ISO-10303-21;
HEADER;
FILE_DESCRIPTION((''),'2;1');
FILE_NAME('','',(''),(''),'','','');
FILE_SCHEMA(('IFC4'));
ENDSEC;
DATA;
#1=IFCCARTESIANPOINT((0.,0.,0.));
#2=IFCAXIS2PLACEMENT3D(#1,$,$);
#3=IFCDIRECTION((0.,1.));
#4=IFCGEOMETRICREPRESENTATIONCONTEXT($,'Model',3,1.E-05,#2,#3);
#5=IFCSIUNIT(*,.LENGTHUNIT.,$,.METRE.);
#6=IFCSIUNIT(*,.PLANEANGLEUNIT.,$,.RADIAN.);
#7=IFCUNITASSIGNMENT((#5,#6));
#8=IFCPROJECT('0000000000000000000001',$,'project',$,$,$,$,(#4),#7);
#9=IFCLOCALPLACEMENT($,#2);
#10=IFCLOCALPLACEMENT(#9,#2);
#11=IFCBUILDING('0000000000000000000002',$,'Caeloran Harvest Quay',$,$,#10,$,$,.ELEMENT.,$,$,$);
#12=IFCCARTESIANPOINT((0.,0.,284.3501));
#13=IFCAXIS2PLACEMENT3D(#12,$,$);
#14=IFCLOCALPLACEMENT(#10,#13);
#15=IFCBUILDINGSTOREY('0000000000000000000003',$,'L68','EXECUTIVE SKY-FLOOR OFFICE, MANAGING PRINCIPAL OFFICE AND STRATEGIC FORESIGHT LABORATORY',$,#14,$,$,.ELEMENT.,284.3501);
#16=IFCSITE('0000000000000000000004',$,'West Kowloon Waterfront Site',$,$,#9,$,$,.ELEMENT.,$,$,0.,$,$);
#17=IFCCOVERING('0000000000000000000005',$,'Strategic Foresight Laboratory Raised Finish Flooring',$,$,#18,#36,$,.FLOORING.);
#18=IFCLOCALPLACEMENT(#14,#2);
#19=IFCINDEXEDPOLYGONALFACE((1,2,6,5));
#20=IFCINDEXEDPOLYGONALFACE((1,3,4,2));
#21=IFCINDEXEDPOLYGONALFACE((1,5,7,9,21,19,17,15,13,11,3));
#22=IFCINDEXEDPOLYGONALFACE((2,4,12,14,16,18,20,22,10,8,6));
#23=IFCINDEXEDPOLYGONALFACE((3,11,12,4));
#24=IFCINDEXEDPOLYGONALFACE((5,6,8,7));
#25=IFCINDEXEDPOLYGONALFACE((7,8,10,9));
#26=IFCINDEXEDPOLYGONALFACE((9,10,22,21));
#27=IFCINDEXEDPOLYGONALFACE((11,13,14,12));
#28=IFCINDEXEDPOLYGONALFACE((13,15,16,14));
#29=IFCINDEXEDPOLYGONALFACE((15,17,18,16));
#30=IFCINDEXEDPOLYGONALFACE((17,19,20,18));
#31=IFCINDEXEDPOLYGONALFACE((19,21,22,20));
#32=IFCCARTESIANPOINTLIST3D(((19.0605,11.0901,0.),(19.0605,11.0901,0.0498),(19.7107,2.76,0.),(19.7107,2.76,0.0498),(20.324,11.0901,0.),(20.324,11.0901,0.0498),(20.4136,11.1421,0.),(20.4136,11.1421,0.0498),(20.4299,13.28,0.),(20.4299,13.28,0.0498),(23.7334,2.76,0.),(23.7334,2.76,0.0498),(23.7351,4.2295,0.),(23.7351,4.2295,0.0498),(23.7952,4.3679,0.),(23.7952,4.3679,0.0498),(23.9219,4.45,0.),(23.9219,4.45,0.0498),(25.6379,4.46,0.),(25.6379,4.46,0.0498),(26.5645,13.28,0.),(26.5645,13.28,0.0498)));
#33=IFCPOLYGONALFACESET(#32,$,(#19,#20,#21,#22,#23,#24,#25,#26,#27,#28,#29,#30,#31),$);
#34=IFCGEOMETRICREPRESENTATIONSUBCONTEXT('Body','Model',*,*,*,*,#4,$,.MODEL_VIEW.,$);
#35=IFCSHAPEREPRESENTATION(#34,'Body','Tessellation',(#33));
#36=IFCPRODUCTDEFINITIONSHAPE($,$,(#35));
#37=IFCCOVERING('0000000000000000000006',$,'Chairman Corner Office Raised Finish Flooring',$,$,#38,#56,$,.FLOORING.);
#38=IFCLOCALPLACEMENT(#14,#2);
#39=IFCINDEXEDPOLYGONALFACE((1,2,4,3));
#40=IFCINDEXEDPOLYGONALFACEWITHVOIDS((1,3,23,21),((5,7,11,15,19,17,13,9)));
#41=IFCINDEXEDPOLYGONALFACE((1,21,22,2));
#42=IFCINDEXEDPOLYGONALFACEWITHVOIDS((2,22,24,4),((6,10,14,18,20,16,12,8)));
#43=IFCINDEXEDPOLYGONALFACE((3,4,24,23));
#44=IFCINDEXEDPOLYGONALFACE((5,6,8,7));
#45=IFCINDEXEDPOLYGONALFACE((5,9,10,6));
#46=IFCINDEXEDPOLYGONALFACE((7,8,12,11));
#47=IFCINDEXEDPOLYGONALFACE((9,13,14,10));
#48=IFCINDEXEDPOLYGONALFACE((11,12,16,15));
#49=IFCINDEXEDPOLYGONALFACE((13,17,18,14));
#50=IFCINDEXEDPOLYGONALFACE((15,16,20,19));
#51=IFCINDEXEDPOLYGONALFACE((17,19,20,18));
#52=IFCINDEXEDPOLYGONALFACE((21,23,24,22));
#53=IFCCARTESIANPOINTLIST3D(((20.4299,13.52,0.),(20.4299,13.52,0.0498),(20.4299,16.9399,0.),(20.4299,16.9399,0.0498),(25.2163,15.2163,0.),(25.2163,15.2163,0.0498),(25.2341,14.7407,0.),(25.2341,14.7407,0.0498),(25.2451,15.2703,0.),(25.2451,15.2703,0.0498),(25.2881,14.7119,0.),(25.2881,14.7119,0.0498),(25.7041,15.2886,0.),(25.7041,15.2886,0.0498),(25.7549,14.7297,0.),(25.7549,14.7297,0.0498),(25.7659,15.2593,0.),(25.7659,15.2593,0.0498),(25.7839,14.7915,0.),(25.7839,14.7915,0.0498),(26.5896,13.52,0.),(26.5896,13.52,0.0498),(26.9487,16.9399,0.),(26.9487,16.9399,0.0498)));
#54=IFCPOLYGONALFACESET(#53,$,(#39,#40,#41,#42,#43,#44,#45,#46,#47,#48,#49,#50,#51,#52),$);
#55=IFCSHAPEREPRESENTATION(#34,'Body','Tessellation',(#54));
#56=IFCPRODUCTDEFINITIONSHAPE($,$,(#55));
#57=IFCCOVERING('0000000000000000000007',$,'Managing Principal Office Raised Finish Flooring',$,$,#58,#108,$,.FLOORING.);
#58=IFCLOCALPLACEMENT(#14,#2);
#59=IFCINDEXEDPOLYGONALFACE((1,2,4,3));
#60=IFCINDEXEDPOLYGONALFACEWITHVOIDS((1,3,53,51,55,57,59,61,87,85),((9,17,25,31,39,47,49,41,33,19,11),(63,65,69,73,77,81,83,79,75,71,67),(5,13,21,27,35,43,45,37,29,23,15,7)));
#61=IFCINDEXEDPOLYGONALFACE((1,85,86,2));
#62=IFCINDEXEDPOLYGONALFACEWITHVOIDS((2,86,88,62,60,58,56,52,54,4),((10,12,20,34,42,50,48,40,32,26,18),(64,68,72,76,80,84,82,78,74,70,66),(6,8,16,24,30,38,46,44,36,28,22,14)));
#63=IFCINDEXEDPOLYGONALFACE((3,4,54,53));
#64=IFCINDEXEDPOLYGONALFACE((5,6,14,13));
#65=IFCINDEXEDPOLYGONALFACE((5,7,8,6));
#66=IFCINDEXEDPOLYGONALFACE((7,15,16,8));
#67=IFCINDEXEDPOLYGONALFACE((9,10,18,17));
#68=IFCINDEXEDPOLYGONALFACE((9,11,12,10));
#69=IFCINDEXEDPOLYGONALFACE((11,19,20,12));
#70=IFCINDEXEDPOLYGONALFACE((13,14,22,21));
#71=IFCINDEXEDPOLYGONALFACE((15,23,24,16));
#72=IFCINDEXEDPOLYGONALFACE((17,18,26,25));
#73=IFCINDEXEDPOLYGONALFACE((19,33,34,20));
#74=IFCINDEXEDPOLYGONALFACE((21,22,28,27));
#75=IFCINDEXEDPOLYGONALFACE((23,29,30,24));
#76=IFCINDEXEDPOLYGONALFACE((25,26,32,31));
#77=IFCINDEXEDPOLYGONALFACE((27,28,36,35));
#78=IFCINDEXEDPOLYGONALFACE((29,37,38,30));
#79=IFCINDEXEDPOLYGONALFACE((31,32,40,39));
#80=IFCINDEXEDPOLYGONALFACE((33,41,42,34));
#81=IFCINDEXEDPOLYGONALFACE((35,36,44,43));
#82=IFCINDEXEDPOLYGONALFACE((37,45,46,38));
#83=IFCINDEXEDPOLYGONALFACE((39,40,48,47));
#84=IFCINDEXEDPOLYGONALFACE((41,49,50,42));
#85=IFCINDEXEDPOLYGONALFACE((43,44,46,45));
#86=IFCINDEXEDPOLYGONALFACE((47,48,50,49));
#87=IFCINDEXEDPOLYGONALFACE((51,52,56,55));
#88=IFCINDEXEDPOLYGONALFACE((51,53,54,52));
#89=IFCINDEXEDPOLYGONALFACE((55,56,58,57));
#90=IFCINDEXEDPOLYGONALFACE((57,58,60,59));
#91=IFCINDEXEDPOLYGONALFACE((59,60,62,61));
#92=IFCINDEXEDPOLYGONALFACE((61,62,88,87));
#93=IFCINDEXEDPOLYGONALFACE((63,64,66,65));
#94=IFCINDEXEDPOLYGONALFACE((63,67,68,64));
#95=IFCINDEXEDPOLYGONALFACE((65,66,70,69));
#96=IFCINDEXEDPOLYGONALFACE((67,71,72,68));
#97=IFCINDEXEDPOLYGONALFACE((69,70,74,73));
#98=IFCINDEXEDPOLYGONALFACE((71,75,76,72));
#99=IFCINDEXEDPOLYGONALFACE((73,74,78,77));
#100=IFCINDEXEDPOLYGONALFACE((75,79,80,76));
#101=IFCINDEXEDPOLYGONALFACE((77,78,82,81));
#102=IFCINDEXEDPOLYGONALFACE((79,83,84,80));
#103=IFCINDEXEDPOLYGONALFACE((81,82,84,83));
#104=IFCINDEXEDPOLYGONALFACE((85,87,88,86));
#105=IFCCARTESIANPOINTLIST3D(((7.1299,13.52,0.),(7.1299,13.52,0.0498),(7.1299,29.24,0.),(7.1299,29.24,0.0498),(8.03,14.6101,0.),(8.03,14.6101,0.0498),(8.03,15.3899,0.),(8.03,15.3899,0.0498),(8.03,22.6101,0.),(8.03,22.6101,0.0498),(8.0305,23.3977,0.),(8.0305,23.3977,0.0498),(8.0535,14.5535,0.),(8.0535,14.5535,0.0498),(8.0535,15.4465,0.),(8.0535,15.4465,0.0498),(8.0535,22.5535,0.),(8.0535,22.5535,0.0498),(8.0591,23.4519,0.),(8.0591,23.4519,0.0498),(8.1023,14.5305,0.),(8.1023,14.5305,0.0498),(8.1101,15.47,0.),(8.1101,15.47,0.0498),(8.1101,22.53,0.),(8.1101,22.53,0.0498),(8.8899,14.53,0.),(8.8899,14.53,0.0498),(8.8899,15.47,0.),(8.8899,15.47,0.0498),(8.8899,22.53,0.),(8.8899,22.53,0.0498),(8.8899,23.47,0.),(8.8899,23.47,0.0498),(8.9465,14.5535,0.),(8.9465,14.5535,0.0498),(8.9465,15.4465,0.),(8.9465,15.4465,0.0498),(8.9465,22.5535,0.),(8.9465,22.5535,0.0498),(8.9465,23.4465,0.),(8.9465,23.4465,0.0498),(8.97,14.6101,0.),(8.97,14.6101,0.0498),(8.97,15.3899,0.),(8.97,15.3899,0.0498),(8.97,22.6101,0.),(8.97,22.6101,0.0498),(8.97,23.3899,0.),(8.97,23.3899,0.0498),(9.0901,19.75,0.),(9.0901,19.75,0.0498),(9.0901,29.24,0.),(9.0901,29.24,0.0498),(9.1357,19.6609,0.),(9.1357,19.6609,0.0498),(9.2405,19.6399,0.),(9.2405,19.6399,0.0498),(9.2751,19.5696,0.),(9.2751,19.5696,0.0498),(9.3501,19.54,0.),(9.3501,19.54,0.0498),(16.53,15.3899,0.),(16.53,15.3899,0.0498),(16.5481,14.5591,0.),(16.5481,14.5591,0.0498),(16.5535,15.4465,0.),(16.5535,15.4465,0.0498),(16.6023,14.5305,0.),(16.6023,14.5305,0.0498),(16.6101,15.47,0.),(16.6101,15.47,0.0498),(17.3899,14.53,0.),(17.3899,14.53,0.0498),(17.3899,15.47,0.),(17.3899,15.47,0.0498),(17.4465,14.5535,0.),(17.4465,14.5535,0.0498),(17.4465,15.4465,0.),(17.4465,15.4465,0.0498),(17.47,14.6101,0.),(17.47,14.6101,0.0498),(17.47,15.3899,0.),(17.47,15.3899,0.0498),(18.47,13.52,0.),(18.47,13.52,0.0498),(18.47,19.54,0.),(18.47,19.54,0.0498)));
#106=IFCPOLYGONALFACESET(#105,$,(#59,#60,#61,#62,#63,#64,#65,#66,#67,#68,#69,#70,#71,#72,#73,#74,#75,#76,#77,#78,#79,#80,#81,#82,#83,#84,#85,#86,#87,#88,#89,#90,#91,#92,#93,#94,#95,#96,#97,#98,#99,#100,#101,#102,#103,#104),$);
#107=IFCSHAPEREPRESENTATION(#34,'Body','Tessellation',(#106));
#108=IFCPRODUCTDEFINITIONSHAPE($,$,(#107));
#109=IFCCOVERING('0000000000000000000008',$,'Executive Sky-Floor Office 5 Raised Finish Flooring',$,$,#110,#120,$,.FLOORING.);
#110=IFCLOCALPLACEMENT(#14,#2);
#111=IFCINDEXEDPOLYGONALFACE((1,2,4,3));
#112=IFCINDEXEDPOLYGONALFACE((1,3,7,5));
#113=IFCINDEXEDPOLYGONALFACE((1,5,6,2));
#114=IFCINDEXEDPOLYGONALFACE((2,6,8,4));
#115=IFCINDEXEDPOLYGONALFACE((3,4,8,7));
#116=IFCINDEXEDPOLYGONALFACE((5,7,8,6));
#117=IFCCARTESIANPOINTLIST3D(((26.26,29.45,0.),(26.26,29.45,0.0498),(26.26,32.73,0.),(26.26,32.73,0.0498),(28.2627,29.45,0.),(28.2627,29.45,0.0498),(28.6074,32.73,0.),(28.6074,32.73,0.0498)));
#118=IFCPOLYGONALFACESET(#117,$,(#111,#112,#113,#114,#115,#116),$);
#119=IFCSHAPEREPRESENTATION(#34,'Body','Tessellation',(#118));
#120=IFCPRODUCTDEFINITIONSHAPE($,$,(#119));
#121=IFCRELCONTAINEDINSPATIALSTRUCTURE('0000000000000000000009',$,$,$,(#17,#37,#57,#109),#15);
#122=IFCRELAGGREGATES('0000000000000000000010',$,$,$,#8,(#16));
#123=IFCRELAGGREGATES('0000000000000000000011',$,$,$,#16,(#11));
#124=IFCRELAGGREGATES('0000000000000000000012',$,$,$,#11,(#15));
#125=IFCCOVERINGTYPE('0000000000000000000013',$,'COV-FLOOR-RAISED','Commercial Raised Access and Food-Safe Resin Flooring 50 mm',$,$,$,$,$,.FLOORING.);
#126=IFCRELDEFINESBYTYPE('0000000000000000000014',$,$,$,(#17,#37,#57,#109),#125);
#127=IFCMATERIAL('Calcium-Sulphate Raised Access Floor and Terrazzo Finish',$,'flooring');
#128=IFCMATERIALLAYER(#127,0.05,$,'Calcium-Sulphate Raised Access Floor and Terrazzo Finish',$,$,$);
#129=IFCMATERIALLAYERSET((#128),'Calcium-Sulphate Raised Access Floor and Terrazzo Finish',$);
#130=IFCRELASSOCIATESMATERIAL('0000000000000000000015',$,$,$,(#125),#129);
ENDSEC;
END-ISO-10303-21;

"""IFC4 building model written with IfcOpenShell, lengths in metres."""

from ifc_helpers import new_model, si_unit, direction, frame, origin, place, context, subcontext, project, spatial, polyline, outline, extrude, material, layer, layer_set, type_object, element, save


model = new_model("IFC4")

# Units and contexts
model_context = context("Model", 3, precision=1e-05, world=origin(), true_north=direction((0.0, 1.0)))
body_context = subcontext(model_context, "Body", "Model", "MODEL_VIEW")
ifc_project = project(units=[si_unit("LENGTHUNIT", "METRE"), si_unit("PLANEANGLEUNIT", "RADIAN")], contexts=[model_context])

# Site, building, storey
site_placement = place(None, origin())
site = spatial("IfcSite", under=ifc_project, at=site_placement, Name="West Kowloon Waterfront Site", CompositionType="ELEMENT", RefElevation=0.0)
building_placement = place(site_placement, origin())
building = spatial("IfcBuilding", under=site, at=building_placement, Name="Caeloran Harvest Quay", CompositionType="ELEMENT")
storey_placement = place(building_placement, frame((0.0, 0.0, 284.3501)))
storey = spatial("IfcBuildingStorey", under=building, at=storey_placement, Name="L68", Description="EXECUTIVE SKY-FLOOR OFFICE, MANAGING PRINCIPAL OFFICE AND STRATEGIC FORESIGHT LABORATORY", CompositionType="ELEMENT", Elevation=284.3501)

# Coverings
ifc_material_1 = material(Name="Calcium-Sulphate Raised Access Floor and Terrazzo Finish", Category="flooring")
ifc_layer_1 = layer(ifc_material_1, 0.05, Name="Calcium-Sulphate Raised Access Floor and Terrazzo Finish")
ifc_layer_set_1 = layer_set([ifc_layer_1], Name="Calcium-Sulphate Raised Access Floor and Terrazzo Finish")
covering_type_1 = type_object("IfcCoveringType", Name="COV-FLOOR-RAISED", Description="Commercial Raised Access and Food-Safe Resin Flooring 50 mm", PredefinedType="FLOORING", material=ifc_layer_set_1)
covering_1_placement = place(storey_placement, origin())
element("IfcCovering", 1, at=covering_1_placement, inside=storey, type_object=covering_type_1, Name="Strategic Foresight Laboratory Raised Finish Flooring", PredefinedType="FLOORING", context=body_context, shape_type="SweptSolid", body=[
    extrude(outline(polyline([(23.9219, 4.45), (23.7952, 4.3679), (23.7351, 4.2295), (23.7334, 2.76), (19.7107, 2.76), (19.0605, 11.0901), (20.324, 11.0901), (20.4136, 11.1421), (20.4299, 13.28), (26.5645, 13.28), (25.6379, 4.46), (23.9219, 4.45)])), origin(), (0.0, 0.0, 1.0), 0.0498),
])
covering_2_placement = place(storey_placement, origin())
element("IfcCovering", 2, at=covering_2_placement, inside=storey, type_object=covering_type_1, Name="Chairman Corner Office Raised Finish Flooring", PredefinedType="FLOORING", context=body_context, shape_type="SweptSolid", body=[
    extrude(outline(polyline([(20.4299, 13.52), (20.4299, 16.9399), (26.9487, 16.9399), (26.5896, 13.52), (20.4299, 13.52)]), holes=[polyline([(25.2163, 15.2163), (25.2341, 14.7407), (25.2881, 14.7119), (25.7549, 14.7297), (25.7839, 14.7915), (25.7659, 15.2593), (25.7041, 15.2886), (25.2451, 15.2703), (25.2163, 15.2163)])]), origin(), (0.0, 0.0, 1.0), 0.0498),
])
covering_3_placement = place(storey_placement, origin())
element("IfcCovering", 3, at=covering_3_placement, inside=storey, type_object=covering_type_1, Name="Managing Principal Office Raised Finish Flooring", PredefinedType="FLOORING", context=body_context, shape_type="SweptSolid", body=[
    extrude(outline(polyline([(9.2405, 19.6399), (9.2751, 19.5696), (9.3501, 19.54), (18.47, 19.54), (18.47, 13.52), (7.1299, 13.52), (7.1299, 29.24), (9.0901, 29.24), (9.0901, 19.75), (9.1357, 19.6609), (9.2405, 19.6399)]), holes=[polyline([(16.53, 15.3899), (16.5481, 14.5591), (16.6023, 14.5305), (17.3899, 14.53), (17.4465, 14.5535), (17.47, 14.6101), (17.47, 15.3899), (17.4465, 15.4465), (17.3899, 15.47), (16.6101, 15.47), (16.5535, 15.4465), (16.53, 15.3899)]), polyline([(8.03, 14.6101), (8.0535, 14.5535), (8.1023, 14.5305), (8.8899, 14.53), (8.9465, 14.5535), (8.97, 14.6101), (8.97, 15.3899), (8.9465, 15.4465), (8.8899, 15.47), (8.1101, 15.47), (8.0535, 15.4465), (8.03, 15.3899), (8.03, 14.6101)]), polyline([(8.8899, 23.47), (8.0591, 23.4519), (8.0305, 23.3977), (8.03, 22.6101), (8.0535, 22.5535), (8.1101, 22.53), (8.8899, 22.53), (8.9465, 22.5535), (8.97, 22.6101), (8.97, 23.3899), (8.9465, 23.4465), (8.8899, 23.47)])]), origin(), (0.0, 0.0, 1.0), 0.0498),
])
covering_4_placement = place(storey_placement, origin())
element("IfcCovering", 4, at=covering_4_placement, inside=storey, type_object=covering_type_1, Name="Executive Sky-Floor Office 5 Raised Finish Flooring", PredefinedType="FLOORING", context=body_context, shape_type="SweptSolid", body=[
    extrude(outline(polyline([(26.26, 32.73), (28.6074, 32.73), (28.2627, 29.45), (26.26, 29.45), (26.26, 32.73)])), origin(), (0.0, 0.0, 1.0), 0.0498),
])

save(model, "model.ifc")
